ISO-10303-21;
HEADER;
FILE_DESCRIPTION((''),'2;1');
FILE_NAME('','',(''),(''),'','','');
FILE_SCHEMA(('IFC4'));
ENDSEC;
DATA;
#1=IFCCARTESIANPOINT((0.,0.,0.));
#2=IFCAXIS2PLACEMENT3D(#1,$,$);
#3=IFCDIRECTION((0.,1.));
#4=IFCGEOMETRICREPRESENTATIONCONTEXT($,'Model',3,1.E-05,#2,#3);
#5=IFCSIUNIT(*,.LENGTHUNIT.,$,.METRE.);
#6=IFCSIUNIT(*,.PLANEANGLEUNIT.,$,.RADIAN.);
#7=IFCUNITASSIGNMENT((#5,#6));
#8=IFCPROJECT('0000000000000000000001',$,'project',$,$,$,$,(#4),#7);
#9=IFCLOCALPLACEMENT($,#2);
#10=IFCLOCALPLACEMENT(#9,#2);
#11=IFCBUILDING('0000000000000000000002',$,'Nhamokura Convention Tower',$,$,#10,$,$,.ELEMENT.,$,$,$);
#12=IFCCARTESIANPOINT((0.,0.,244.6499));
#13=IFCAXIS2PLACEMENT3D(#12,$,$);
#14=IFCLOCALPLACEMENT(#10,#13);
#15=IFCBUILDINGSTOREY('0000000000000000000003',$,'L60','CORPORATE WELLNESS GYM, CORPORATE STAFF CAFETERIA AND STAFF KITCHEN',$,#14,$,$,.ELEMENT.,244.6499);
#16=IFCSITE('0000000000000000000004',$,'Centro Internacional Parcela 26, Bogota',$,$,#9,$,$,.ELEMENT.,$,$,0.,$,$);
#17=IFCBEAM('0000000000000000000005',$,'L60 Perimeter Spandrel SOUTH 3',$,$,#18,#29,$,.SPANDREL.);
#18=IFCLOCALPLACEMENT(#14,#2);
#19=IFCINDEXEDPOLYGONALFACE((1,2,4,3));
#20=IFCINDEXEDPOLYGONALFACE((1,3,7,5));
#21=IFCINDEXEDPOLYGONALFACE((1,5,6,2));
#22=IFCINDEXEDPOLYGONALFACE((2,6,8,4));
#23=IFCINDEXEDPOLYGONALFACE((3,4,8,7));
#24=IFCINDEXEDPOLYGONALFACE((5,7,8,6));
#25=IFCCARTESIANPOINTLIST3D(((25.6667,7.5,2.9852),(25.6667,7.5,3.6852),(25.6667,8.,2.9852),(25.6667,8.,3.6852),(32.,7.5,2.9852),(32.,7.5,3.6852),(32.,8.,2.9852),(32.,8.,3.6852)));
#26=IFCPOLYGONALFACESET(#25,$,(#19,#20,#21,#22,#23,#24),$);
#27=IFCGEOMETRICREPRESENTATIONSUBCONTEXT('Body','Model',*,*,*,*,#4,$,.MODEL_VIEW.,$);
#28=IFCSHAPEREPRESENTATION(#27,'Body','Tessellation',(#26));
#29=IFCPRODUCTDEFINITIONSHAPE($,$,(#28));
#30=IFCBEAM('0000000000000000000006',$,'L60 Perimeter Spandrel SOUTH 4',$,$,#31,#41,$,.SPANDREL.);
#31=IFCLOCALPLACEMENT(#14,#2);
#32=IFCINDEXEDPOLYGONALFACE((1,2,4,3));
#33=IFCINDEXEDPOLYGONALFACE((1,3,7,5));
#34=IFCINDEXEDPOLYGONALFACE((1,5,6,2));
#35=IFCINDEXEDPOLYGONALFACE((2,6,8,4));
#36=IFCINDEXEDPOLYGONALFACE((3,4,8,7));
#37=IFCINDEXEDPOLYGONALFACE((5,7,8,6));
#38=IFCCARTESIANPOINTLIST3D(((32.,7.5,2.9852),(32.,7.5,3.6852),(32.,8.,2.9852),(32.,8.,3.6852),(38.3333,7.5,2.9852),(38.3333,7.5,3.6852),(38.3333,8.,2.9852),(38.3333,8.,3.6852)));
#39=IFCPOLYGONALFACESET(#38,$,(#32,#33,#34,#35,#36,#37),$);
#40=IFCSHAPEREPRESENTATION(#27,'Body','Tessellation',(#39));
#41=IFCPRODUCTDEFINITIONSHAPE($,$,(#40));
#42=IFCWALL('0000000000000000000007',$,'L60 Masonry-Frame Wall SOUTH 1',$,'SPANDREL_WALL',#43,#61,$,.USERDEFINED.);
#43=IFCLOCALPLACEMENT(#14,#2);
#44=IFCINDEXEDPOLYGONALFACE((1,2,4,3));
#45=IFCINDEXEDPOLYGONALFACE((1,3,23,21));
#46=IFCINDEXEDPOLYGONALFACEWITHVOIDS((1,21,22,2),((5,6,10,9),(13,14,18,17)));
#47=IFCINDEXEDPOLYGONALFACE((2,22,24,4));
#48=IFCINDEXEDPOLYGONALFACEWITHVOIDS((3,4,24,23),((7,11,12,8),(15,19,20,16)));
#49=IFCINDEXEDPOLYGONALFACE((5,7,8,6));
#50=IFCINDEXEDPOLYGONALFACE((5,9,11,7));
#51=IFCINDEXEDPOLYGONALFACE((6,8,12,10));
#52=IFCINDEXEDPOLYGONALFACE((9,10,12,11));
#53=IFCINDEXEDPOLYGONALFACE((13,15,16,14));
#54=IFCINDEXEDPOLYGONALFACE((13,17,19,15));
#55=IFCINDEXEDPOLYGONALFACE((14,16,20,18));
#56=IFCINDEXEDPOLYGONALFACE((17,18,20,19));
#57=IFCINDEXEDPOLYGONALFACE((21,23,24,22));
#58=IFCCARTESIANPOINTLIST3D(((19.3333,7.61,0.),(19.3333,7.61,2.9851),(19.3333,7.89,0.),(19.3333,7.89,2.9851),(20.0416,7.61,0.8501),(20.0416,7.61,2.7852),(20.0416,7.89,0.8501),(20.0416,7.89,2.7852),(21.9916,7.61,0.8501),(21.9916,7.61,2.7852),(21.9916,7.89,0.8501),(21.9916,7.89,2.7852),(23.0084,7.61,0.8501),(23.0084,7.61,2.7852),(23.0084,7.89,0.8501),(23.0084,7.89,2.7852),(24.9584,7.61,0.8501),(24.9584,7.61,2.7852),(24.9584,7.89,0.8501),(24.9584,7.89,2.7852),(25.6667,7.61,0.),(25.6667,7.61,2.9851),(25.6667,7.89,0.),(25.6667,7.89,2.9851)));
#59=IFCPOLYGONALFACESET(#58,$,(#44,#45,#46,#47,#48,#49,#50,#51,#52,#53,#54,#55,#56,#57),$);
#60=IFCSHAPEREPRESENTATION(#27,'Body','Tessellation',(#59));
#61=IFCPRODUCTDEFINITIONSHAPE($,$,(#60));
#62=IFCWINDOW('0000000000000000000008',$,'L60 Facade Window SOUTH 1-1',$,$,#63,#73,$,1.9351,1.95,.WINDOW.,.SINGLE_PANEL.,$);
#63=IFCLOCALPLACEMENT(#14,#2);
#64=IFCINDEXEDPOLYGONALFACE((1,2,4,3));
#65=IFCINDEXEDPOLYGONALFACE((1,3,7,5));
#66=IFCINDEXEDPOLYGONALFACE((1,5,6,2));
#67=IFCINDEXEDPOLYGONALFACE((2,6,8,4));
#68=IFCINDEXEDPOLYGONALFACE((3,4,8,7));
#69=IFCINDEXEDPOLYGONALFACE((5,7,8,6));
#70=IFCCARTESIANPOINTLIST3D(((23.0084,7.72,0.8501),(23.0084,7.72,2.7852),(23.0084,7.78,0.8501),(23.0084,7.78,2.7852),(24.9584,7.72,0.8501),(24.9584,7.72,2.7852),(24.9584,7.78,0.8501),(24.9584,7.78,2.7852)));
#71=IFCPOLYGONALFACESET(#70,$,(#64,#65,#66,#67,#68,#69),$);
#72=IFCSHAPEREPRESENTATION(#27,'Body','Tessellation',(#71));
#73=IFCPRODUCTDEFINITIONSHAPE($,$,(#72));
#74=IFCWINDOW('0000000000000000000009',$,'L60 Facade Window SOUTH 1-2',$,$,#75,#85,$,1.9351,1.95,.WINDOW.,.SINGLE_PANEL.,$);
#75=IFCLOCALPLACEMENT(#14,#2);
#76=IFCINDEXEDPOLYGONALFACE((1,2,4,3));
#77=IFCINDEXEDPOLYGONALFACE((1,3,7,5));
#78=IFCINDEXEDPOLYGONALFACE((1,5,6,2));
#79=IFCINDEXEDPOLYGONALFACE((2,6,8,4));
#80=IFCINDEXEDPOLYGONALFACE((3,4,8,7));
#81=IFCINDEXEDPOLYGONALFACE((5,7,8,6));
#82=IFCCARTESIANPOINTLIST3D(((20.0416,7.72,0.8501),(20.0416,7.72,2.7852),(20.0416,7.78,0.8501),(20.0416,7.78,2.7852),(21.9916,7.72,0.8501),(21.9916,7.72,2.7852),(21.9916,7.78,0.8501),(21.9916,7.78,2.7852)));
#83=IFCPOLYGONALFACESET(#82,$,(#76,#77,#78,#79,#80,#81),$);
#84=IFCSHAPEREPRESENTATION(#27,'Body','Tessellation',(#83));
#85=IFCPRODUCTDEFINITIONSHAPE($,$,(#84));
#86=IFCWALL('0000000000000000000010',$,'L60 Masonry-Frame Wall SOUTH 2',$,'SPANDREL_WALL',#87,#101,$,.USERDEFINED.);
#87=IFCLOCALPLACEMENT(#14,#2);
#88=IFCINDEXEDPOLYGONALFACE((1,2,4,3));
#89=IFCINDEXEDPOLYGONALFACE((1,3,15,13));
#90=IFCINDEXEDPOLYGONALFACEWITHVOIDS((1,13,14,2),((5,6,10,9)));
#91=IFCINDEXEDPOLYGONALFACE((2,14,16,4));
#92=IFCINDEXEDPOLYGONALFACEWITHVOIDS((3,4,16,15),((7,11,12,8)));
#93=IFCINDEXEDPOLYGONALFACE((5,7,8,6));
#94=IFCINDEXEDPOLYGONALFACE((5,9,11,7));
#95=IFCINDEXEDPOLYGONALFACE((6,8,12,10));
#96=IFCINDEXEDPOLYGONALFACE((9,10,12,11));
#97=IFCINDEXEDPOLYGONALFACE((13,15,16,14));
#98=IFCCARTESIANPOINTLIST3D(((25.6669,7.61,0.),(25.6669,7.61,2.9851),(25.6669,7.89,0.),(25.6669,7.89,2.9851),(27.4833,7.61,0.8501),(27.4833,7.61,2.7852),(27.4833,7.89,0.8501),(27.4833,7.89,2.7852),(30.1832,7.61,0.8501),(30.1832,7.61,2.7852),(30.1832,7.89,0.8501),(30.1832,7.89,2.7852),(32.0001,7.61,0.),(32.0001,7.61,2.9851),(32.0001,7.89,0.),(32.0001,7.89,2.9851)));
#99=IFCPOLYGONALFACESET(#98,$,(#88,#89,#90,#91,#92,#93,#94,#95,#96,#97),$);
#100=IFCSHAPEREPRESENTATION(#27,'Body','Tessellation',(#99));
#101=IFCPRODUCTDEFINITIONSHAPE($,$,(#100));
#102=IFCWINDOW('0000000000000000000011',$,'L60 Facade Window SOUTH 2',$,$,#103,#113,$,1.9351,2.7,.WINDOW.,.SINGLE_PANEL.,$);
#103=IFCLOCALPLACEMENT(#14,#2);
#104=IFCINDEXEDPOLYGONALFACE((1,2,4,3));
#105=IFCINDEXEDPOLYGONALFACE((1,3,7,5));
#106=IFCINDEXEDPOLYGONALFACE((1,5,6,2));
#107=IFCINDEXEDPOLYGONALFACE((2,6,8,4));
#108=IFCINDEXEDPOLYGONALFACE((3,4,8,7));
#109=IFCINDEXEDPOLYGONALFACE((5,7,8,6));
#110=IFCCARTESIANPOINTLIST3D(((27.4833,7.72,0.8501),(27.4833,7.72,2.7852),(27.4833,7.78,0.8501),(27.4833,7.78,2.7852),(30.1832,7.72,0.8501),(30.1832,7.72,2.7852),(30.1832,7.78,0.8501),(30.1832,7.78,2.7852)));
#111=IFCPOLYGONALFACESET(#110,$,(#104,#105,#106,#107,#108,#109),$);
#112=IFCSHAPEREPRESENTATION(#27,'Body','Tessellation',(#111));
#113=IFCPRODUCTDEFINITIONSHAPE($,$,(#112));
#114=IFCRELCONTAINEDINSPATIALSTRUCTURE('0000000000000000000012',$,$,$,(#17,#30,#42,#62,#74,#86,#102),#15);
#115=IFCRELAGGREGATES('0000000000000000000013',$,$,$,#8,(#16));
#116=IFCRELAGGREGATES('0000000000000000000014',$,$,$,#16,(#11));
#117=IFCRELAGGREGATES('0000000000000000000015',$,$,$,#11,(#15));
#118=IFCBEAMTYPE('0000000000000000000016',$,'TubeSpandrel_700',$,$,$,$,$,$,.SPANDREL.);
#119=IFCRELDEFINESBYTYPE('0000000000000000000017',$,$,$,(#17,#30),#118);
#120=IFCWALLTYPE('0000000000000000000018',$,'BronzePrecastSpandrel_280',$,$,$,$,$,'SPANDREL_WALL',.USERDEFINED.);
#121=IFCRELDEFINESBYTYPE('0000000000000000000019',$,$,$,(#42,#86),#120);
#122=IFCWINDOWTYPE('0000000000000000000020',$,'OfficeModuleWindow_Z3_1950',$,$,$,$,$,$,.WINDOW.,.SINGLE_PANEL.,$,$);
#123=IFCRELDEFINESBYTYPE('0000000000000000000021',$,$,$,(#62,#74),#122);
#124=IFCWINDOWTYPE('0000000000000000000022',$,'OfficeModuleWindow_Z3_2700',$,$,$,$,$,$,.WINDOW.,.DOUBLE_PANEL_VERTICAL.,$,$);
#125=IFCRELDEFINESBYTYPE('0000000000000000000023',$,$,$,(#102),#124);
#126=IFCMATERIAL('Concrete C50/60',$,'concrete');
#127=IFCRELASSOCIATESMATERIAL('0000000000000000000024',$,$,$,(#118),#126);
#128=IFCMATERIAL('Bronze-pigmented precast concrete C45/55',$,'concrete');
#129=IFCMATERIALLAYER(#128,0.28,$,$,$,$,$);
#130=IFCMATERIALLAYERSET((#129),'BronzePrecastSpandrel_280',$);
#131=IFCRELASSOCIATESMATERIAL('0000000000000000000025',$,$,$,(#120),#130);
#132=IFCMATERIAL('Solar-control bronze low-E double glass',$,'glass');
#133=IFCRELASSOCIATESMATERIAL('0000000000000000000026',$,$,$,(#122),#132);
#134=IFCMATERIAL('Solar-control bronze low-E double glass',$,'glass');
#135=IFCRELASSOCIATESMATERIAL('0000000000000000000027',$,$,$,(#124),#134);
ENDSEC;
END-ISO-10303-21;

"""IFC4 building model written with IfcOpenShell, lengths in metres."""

from ifc_helpers import new_model, si_unit, direction, frame, frame_2d, origin, origin_2d, place, context, subcontext, project, spatial, rectangle, extrude, material, layer, layer_set, material_profile, profile_set, type_object, element, fill, save


model = new_model("IFC4")

# Units and contexts
model_context = context("Model", 3, precision=1e-05, world=origin(), true_north=direction((0.0, 1.0)))
body_context = subcontext(model_context, "Body", "Model", "MODEL_VIEW")
ifc_project = project(units=[si_unit("LENGTHUNIT", "METRE"), si_unit("PLANEANGLEUNIT", "RADIAN")], contexts=[model_context])

# Site, building, storey
site_placement = place(None, origin())
site = spatial("IfcSite", under=ifc_project, at=site_placement, Name="Centro Internacional Parcela 26, Bogota", CompositionType="ELEMENT", RefElevation=0.0)
building_placement = place(site_placement, origin())
building = spatial("IfcBuilding", under=site, at=building_placement, Name="Nhamokura Convention Tower", CompositionType="ELEMENT")
storey_placement = place(building_placement, frame((0.0, 0.0, 244.6499)))
storey = spatial("IfcBuildingStorey", under=building, at=storey_placement, Name="L60", Description="CORPORATE WELLNESS GYM, CORPORATE STAFF CAFETERIA AND STAFF KITCHEN", CompositionType="ELEMENT", Elevation=244.6499)

# Beams
ifc_material_1 = material(Name="Concrete C50/60", Category="concrete")
ifc_material_profile_1 = material_profile(ifc_material_1, rectangle(XDim=0.5, YDim=0.7, at=origin_2d()))
ifc_profile_set_1 = profile_set([ifc_material_profile_1], Name="Concrete C50/60")
beam_type_1 = type_object("IfcBeamType", Name="TubeSpandrel_700", PredefinedType="SPANDREL", material=ifc_profile_set_1)
for number, where, z_axis, x_axis, name in (
    (1, (25.6667, 7.75, 3.3352), (1.0, 0.0, 0.0), (0.0, 1.0, 0.0), "L60 Perimeter Spandrel SOUTH 3"),
    (2, (32.0, 7.75, 3.3352), (1.0, 0.0, 0.0), (0.0, 1.0, 0.0), "L60 Perimeter Spandrel SOUTH 4"),
):
    element("IfcBeam", number, at=place(storey_placement, frame(where, z_axis=z_axis, x_axis=x_axis)), inside=storey, type_object=beam_type_1, Name=name, PredefinedType="SPANDREL", context=body_context, shape_type="SweptSolid", body=[
        extrude(rectangle(XDim=0.5, YDim=0.7, at=origin_2d()), origin(), (0.0, 0.0, 1.0), 6.3333),
    ])

# Wall, openings, windows
ifc_material_2 = material(Name="Bronze-pigmented precast concrete C45/55", Category="concrete")
ifc_layer_1 = layer(ifc_material_2, 0.28)
ifc_layer_set_1 = layer_set([ifc_layer_1], Name="BronzePrecastSpandrel_280")
wall_type_1 = type_object("IfcWallType", Name="BronzePrecastSpandrel_280", ElementType="SPANDREL_WALL", PredefinedType="USERDEFINED", material=ifc_layer_set_1)
wall_1_placement = place(storey_placement, frame((25.6667, 7.75, 0.0), z_axis=(0.0, 0.0, 1.0), x_axis=(-1.0, 0.0, 0.0)))
wall_1 = element("IfcWall", 3, at=wall_1_placement, inside=storey, type_object=wall_type_1, Name="L60 Masonry-Frame Wall SOUTH 1", ObjectType="SPANDREL_WALL", PredefinedType="USERDEFINED", context=body_context, shape_type="SweptSolid", body=[
    extrude(rectangle(XDim=6.3335, YDim=0.28, at=frame_2d((3.1667, 0.0))), origin(), (0.0, 0.0, 1.0), 2.9851),
])
opening_1_placement = place(wall_1_placement, frame((0.7083, 0.0, 0.8501)))
opening_1 = element("IfcOpeningElement", 4, at=opening_1_placement, cuts=wall_1, PredefinedType="OPENING", context=body_context, shape_type="SweptSolid", body=[
    extrude(rectangle(XDim=1.95, YDim=1.9351, at=frame_2d((0.9751, 0.9675))), frame((0.0, 0.1499, 0.0), z_axis=(0.0, -1.0, 0.0), x_axis=(1.0, 0.0, 0.0)), (0.0, 0.0, 1.0), 0.3),
])
opening_2_placement = place(wall_1_placement, frame((3.675, 0.0, 0.8501)))
opening_2 = element("IfcOpeningElement", 5, at=opening_2_placement, cuts=wall_1, PredefinedType="OPENING", context=body_context, shape_type="SweptSolid", body=[
    extrude(rectangle(XDim=1.95, YDim=1.9351, at=frame_2d((0.9751, 0.9675))), frame((0.0, 0.1499, 0.0), z_axis=(0.0, -1.0, 0.0), x_axis=(1.0, 0.0, 0.0)), (0.0, 0.0, 1.0), 0.3),
])
ifc_material_3 = material(Name="Solar-control bronze low-E double glass", Category="glass")
window_type_1 = type_object("IfcWindowType", Name="OfficeModuleWindow_Z3_1950", PartitioningType="SINGLE_PANEL", PredefinedType="WINDOW", material=ifc_material_3)
window_1_placement = place(opening_1_placement, origin())
window_1 = element("IfcWindow", 6, at=window_1_placement, inside=storey, type_object=window_type_1, Name="L60 Facade Window SOUTH 1-1", OverallHeight=1.9351, OverallWidth=1.95, PartitioningType="SINGLE_PANEL", PredefinedType="WINDOW", context=body_context, shape_type="SweptSolid", body=[
    extrude(rectangle(XDim=1.95, YDim=1.9351, at=frame_2d((0.9751, 0.9675))), frame((0.0, 0.03, 0.0), z_axis=(0.0, -1.0, 0.0), x_axis=(1.0, 0.0, 0.0)), (0.0, 0.0, 1.0), 0.0601),
])
fill(opening_1, window_1)
window_2_placement = place(opening_2_placement, origin())
window_2 = element("IfcWindow", 7, at=window_2_placement, inside=storey, type_object=window_type_1, Name="L60 Facade Window SOUTH 1-2", OverallHeight=1.9351, OverallWidth=1.95, PartitioningType="SINGLE_PANEL", PredefinedType="WINDOW", context=body_context, shape_type="SweptSolid", body=[
    extrude(rectangle(XDim=1.95, YDim=1.9351, at=frame_2d((0.9751, 0.9675))), frame((0.0, 0.03, 0.0), z_axis=(0.0, -1.0, 0.0), x_axis=(1.0, 0.0, 0.0)), (0.0, 0.0, 1.0), 0.0601),
])
fill(opening_2, window_2)

# Wall, opening, window
wall_2_placement = place(storey_placement, frame((32.0, 7.75, 0.0), z_axis=(0.0, 0.0, 1.0), x_axis=(-1.0, 0.0, 0.0)))
wall_2 = element("IfcWall", 8, at=wall_2_placement, inside=storey, type_object=wall_type_1, Name="L60 Masonry-Frame Wall SOUTH 2", ObjectType="SPANDREL_WALL", PredefinedType="USERDEFINED", context=body_context, shape_type="SweptSolid", body=[
    extrude(rectangle(XDim=6.3333, YDim=0.28, at=frame_2d((3.1665, 0.0))), origin(), (0.0, 0.0, 1.0), 2.9851),
])
opening_3_placement = place(wall_2_placement, frame((1.8167, 0.0, 0.8501)))
opening_3 = element("IfcOpeningElement", 9, at=opening_3_placement, cuts=wall_2, PredefinedType="OPENING", context=body_context, shape_type="SweptSolid", body=[
    extrude(rectangle(XDim=2.7, YDim=1.9351, at=frame_2d((1.3501, 0.9675))), frame((0.0, 0.1499, 0.0), z_axis=(0.0, -1.0, 0.0), x_axis=(1.0, 0.0, 0.0)), (0.0, 0.0, 1.0), 0.3),
])
ifc_material_4 = material(Name="Solar-control bronze low-E double glass", Category="glass")
window_type_2 = type_object("IfcWindowType", Name="OfficeModuleWindow_Z3_2700", PartitioningType="DOUBLE_PANEL_VERTICAL", PredefinedType="WINDOW", material=ifc_material_4)
window_3_placement = place(opening_3_placement, origin())
window_3 = element("IfcWindow", 10, at=window_3_placement, inside=storey, type_object=window_type_2, Name="L60 Facade Window SOUTH 2", OverallHeight=1.9351, OverallWidth=2.7, PartitioningType="SINGLE_PANEL", PredefinedType="WINDOW", context=body_context, shape_type="SweptSolid", body=[
    extrude(rectangle(XDim=2.7, YDim=1.9351, at=frame_2d((1.3501, 0.9675))), frame((0.0, 0.03, 0.0), z_axis=(0.0, -1.0, 0.0), x_axis=(1.0, 0.0, 0.0)), (0.0, 0.0, 1.0), 0.0601),
])
fill(opening_3, window_3)

save(model, "model.ifc")
